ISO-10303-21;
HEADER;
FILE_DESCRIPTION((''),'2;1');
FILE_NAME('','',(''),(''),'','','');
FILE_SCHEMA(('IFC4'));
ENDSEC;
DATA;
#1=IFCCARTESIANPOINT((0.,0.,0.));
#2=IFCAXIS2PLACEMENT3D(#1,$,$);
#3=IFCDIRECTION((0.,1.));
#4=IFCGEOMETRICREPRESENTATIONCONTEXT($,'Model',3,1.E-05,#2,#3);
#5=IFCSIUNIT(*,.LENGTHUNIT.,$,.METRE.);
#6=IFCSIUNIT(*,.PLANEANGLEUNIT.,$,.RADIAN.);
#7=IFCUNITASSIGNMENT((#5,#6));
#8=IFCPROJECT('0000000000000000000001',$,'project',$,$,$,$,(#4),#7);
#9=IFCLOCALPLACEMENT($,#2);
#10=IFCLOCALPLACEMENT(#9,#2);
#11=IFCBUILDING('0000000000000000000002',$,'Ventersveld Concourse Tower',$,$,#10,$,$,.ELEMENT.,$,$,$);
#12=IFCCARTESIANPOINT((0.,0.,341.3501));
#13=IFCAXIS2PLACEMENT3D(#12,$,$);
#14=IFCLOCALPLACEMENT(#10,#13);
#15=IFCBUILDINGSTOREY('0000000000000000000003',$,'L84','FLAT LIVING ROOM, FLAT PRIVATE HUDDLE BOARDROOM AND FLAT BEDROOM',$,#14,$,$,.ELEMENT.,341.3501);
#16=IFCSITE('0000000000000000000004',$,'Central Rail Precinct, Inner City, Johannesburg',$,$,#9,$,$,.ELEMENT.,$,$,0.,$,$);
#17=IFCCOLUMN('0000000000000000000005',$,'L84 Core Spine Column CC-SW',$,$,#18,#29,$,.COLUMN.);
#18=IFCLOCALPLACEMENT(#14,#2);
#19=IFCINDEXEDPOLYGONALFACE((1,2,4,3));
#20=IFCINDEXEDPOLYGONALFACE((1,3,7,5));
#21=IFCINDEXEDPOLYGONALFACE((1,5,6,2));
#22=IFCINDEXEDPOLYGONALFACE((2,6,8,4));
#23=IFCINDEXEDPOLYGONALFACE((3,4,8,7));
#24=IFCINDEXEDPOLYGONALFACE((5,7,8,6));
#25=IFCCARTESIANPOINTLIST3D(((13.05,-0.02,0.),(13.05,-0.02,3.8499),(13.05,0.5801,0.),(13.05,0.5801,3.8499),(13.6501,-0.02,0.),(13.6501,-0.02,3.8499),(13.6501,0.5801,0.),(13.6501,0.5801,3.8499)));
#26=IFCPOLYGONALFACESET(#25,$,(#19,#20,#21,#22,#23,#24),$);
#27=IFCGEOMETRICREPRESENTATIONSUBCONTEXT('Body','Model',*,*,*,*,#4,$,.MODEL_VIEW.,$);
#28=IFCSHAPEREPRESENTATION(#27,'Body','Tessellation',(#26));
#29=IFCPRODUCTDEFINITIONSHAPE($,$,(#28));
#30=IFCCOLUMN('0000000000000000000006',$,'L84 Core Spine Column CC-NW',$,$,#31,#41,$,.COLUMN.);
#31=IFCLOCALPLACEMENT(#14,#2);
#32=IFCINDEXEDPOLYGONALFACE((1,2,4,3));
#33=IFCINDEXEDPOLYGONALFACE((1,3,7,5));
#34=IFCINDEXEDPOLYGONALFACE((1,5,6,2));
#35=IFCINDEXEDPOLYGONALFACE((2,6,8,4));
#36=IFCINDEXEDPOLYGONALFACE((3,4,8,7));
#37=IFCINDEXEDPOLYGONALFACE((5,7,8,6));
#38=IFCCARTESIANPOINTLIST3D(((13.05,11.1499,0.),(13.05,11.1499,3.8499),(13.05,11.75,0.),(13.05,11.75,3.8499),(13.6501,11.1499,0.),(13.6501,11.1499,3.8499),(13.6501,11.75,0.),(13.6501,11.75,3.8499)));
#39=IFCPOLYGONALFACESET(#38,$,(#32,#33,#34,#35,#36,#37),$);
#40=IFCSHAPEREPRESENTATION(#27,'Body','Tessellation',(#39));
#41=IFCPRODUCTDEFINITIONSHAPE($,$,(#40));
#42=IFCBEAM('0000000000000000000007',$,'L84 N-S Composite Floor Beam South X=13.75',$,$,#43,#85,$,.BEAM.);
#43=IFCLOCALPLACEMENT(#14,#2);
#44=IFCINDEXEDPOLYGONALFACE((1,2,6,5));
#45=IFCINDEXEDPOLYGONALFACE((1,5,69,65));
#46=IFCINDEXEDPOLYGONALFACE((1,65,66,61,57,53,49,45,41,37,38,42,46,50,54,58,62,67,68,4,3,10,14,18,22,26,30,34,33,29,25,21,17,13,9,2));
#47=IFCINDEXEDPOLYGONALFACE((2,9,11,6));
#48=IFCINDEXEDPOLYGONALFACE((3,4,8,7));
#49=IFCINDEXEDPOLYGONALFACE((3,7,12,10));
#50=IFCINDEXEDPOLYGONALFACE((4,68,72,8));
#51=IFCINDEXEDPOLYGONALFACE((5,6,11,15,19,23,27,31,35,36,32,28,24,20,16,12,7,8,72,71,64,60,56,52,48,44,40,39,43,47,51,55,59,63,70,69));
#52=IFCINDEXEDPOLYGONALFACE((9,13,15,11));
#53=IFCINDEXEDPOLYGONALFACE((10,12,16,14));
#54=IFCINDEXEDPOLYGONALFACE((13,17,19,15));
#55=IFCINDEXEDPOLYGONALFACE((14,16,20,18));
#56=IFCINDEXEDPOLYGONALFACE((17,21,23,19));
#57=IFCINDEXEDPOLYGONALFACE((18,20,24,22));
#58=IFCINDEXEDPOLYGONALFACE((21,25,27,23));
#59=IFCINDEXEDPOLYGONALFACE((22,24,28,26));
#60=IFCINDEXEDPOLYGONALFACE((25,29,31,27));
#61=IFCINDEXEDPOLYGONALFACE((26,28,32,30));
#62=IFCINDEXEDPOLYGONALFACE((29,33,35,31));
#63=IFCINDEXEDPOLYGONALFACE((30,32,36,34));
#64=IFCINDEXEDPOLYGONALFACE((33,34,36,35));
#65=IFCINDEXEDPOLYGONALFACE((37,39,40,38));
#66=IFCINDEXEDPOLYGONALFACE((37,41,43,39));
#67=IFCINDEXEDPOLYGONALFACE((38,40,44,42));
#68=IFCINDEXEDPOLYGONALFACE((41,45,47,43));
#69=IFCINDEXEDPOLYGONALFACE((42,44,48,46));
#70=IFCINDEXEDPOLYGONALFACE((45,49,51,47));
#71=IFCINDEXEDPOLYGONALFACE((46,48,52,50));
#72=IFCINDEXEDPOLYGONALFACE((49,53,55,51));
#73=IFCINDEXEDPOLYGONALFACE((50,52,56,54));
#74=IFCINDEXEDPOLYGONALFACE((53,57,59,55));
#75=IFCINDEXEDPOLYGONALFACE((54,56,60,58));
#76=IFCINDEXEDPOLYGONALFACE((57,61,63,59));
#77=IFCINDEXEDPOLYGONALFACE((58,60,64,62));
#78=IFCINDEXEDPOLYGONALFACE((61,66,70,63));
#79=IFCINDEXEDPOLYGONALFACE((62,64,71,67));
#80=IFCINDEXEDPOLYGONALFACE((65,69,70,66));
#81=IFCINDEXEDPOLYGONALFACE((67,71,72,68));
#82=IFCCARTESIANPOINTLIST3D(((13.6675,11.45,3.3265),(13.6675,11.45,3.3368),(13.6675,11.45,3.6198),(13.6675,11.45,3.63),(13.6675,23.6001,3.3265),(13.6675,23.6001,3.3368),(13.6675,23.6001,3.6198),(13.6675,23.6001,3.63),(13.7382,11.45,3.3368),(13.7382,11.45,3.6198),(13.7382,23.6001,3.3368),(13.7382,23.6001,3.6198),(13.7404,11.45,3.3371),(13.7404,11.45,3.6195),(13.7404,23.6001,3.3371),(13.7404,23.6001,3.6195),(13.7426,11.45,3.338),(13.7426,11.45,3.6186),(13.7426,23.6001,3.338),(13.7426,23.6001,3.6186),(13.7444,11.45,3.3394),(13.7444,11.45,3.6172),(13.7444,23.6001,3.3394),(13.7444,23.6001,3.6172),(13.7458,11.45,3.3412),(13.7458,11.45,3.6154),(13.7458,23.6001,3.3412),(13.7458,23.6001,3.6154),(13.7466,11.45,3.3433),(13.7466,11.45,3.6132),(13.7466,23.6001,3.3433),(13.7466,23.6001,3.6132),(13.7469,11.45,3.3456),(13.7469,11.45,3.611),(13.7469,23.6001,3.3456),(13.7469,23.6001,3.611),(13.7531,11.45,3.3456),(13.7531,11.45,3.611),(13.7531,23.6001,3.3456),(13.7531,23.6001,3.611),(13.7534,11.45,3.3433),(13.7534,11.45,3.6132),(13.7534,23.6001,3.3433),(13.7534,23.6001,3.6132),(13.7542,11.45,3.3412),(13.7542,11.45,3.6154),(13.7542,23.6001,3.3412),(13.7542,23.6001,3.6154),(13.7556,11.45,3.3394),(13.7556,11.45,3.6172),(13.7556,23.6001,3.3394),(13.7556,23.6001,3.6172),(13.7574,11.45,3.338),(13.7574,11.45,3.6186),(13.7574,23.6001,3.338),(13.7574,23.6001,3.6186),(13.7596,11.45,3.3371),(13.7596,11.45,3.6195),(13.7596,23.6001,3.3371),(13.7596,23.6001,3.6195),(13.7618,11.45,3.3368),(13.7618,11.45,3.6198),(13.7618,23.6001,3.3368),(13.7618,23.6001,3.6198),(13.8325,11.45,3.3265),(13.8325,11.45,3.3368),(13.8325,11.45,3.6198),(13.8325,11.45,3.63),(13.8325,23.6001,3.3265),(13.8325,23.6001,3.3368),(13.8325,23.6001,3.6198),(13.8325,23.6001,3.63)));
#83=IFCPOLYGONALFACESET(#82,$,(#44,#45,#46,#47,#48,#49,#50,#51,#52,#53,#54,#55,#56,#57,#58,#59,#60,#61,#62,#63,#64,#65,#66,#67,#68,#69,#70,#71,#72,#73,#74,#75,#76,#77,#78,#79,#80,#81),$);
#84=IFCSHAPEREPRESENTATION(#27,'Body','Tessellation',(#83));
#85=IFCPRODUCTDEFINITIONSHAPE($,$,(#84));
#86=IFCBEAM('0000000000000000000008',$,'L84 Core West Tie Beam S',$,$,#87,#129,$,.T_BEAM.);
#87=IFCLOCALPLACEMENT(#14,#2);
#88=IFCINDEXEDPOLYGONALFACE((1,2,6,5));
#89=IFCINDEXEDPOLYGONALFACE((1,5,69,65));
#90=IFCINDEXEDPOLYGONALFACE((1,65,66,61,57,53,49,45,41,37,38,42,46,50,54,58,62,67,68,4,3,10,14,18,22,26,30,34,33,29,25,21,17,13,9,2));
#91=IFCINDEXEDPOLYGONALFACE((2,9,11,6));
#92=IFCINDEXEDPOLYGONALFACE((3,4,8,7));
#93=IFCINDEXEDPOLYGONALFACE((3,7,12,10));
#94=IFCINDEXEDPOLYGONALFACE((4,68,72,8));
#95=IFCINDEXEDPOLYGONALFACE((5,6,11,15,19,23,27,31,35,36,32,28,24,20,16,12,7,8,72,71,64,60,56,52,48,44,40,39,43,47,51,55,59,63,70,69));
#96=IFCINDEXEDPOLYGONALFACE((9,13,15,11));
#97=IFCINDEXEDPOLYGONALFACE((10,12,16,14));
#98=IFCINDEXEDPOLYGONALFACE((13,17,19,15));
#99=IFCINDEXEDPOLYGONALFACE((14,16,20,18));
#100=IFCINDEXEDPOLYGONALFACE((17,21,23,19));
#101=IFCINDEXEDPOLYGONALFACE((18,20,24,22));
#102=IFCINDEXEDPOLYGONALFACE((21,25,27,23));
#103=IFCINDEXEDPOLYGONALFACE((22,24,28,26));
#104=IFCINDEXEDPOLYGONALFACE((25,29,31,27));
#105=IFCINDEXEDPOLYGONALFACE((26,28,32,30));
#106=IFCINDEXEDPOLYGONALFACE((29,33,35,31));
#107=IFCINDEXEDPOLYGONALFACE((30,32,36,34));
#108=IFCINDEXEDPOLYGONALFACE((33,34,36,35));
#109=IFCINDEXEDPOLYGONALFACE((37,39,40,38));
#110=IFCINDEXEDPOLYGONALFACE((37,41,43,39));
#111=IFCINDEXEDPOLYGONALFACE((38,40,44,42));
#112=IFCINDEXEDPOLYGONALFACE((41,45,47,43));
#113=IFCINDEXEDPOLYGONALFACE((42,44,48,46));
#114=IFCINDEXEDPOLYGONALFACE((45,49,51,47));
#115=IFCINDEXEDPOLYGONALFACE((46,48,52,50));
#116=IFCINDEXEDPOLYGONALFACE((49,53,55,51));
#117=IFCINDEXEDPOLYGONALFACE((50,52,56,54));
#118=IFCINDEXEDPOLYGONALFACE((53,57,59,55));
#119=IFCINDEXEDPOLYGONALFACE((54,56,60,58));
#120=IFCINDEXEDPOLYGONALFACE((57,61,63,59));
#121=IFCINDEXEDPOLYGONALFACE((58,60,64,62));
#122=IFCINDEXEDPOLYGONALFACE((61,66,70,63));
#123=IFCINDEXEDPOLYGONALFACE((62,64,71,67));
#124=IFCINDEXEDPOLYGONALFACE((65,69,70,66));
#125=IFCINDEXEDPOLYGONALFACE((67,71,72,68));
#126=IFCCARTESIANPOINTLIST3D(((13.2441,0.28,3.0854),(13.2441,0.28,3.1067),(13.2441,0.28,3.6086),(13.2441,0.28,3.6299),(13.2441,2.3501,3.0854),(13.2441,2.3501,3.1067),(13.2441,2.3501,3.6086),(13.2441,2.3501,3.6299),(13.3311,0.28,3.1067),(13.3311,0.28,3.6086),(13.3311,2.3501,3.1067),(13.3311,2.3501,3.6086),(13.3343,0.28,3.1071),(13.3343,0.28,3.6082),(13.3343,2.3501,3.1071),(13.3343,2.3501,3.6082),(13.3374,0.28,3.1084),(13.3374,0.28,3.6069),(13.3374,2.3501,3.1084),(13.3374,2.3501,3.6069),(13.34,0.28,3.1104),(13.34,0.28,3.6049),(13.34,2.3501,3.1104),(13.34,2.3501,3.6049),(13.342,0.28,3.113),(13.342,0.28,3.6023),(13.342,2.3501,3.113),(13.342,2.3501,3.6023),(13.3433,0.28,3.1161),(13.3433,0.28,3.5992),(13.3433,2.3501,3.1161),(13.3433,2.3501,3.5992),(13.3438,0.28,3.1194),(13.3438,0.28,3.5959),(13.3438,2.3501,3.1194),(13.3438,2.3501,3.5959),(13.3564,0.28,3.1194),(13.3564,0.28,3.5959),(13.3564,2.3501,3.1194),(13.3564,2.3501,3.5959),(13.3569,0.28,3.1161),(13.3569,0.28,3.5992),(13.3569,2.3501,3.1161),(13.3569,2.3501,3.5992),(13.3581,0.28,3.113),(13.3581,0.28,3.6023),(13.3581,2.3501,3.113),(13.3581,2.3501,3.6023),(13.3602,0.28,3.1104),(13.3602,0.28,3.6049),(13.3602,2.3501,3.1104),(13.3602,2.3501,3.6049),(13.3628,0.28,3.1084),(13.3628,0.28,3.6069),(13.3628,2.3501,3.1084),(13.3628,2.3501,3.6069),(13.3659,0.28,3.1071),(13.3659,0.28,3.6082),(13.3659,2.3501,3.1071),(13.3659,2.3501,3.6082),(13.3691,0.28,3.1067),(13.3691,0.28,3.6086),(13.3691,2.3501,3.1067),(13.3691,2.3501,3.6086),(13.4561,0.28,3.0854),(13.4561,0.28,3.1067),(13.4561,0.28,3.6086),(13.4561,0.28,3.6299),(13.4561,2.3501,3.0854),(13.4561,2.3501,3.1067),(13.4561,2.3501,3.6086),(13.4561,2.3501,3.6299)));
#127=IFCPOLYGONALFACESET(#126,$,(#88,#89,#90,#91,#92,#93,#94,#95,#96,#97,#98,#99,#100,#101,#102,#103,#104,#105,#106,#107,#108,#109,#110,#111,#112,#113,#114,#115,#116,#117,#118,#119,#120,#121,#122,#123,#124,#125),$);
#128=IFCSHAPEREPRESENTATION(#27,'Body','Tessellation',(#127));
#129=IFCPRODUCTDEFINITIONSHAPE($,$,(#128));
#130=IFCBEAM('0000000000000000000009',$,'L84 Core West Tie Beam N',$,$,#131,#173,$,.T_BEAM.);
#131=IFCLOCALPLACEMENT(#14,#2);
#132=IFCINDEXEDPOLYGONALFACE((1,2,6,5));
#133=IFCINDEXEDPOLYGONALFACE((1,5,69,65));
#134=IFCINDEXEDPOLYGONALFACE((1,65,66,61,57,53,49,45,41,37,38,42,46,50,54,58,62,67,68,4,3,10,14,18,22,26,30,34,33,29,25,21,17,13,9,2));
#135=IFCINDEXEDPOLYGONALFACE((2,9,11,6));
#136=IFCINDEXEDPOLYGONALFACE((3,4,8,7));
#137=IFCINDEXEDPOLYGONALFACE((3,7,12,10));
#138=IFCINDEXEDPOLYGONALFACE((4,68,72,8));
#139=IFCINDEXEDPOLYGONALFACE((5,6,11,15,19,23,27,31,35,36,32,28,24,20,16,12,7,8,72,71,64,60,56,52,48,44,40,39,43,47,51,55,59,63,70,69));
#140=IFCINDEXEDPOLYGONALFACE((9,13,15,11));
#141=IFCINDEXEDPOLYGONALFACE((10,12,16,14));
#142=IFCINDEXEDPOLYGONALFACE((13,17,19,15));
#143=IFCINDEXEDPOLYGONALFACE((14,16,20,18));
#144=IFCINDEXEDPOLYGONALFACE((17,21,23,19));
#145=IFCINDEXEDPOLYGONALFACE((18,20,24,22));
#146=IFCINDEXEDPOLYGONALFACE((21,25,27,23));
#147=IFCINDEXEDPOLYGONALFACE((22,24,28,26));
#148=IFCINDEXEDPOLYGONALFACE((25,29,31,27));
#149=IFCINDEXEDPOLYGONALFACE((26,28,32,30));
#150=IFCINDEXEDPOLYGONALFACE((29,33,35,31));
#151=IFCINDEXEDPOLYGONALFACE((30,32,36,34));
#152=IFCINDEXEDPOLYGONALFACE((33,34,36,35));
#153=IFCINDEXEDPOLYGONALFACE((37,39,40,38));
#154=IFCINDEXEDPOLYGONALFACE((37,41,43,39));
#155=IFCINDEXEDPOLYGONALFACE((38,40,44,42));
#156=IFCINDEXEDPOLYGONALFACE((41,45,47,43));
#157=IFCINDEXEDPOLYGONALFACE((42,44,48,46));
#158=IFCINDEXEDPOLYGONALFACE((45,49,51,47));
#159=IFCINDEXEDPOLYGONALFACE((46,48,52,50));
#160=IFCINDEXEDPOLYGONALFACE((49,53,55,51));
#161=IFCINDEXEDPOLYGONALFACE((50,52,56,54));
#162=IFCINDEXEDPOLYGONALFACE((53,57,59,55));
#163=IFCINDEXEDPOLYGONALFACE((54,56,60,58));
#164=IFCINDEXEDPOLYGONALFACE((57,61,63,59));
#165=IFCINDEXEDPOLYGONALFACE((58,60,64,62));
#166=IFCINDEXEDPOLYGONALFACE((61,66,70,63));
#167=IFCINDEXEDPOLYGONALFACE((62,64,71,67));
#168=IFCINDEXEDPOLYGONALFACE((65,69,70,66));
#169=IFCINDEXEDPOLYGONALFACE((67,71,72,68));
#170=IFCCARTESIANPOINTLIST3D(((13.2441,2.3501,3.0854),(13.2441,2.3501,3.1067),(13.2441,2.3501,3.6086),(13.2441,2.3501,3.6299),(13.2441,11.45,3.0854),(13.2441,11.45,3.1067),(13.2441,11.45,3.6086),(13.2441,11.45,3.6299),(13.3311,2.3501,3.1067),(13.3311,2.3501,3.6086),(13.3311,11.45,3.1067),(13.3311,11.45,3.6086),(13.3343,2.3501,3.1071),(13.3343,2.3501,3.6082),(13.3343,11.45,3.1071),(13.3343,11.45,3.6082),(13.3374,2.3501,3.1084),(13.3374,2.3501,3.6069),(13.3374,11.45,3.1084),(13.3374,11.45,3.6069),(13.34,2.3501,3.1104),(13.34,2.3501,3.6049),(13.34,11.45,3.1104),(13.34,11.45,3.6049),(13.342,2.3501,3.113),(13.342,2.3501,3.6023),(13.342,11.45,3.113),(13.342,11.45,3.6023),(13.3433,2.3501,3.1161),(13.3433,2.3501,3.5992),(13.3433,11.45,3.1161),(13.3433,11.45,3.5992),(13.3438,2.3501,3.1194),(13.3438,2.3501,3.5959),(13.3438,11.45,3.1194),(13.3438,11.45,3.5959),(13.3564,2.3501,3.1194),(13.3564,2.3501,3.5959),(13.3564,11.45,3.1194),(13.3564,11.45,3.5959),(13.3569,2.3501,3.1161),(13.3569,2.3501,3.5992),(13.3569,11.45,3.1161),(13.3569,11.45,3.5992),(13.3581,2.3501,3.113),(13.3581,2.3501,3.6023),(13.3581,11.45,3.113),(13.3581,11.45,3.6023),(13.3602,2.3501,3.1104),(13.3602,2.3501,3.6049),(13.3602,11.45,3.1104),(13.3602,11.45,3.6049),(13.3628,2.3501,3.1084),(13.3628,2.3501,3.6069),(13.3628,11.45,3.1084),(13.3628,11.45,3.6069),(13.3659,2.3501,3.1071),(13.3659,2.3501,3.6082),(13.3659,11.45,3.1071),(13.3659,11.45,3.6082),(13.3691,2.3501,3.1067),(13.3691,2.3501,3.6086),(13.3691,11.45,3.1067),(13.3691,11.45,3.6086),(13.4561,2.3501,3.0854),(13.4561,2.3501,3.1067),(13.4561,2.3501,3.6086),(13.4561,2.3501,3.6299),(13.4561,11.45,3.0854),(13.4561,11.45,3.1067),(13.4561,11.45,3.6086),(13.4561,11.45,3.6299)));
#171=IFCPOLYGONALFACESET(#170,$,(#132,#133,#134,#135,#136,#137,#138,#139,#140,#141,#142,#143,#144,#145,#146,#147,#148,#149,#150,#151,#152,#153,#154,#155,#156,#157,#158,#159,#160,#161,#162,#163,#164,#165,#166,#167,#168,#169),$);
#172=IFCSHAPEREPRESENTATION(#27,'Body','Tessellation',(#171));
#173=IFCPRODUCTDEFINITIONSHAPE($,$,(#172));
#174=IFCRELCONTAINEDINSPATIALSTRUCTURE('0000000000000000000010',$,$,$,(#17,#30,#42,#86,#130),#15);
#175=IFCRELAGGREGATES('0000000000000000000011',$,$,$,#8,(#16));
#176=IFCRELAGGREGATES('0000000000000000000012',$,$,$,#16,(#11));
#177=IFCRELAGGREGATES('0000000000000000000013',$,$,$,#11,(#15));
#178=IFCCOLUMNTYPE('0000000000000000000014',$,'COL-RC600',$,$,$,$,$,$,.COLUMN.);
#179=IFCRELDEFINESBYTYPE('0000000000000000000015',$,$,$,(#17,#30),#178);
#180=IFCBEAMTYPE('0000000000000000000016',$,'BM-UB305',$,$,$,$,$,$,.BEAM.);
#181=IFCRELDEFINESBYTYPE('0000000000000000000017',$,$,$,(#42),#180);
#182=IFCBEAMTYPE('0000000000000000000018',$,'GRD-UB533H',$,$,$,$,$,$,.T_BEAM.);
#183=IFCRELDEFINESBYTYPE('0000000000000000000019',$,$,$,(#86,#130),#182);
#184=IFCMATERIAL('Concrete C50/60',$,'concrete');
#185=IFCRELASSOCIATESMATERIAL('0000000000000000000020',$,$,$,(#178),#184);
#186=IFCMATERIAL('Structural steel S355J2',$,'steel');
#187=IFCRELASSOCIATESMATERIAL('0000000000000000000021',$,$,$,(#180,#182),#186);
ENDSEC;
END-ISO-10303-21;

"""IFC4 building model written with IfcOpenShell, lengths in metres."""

from ifc_helpers import new_model, si_unit, direction, frame, origin, origin_2d, place, context, subcontext, project, spatial, rectangle, i_section, extrude, material, material_profile, profile_set, type_object, element, save


model = new_model("IFC4")

# Units and contexts
model_context = context("Model", 3, precision=1e-05, world=origin(), true_north=direction((0.0, 1.0)))
body_context = subcontext(model_context, "Body", "Model", "MODEL_VIEW")
ifc_project = project(units=[si_unit("LENGTHUNIT", "METRE"), si_unit("PLANEANGLEUNIT", "RADIAN")], contexts=[model_context])

# Site, building, storey
site_placement = place(None, origin())
site = spatial("IfcSite", under=ifc_project, at=site_placement, Name="Central Rail Precinct, Inner City, Johannesburg", CompositionType="ELEMENT", RefElevation=0.0)
building_placement = place(site_placement, origin())
building = spatial("IfcBuilding", under=site, at=building_placement, Name="Ventersveld Concourse Tower", CompositionType="ELEMENT")
storey_placement = place(building_placement, frame((0.0, 0.0, 341.3501)))
storey = spatial("IfcBuildingStorey", under=building, at=storey_placement, Name="L84", Description="FLAT LIVING ROOM, FLAT PRIVATE HUDDLE BOARDROOM AND FLAT BEDROOM", CompositionType="ELEMENT", Elevation=341.3501)

# Columns
ifc_material_1 = material(Name="Concrete C50/60", Category="concrete")
ifc_material_profile_1 = material_profile(ifc_material_1, rectangle(XDim=0.6001, YDim=0.6001, at=origin_2d()), Name="RC 600x600")
ifc_profile_set_1 = profile_set([ifc_material_profile_1], Name="Concrete C50/60")
column_type = type_object("IfcColumnType", Name="COL-RC600", PredefinedType="COLUMN", material=ifc_profile_set_1)
for number, where, z_axis, x_axis, name in (
    (1, (13.3501, 0.28, 0.0), (0.0, 0.0, 1.0), (1.0, 0.0, 0.0), "L84 Core Spine Column CC-SW"),
    (2, (13.3501, 11.45, 0.0), (0.0, 0.0, 1.0), (1.0, 0.0, 0.0), "L84 Core Spine Column CC-NW"),
):
    element("IfcColumn", number, at=place(storey_placement, frame(where, z_axis=z_axis, x_axis=x_axis)), inside=storey, type_object=column_type, Name=name, PredefinedType="COLUMN", context=body_context, shape_type="SweptSolid", body=[
        extrude(rectangle(XDim=0.6001, YDim=0.6001, at=origin_2d()), origin(), (0.0, 0.0, 1.0), 3.8499),
    ])

# Beams
ifc_material_2 = material(Name="Structural steel S355J2", Category="steel")
ifc_material_profile_2 = material_profile(ifc_material_2, i_section(OverallWidth=0.165, OverallDepth=0.3035, WebThickness=0.0061, FlangeThickness=0.0103, FilletRadius=0.0088, at=origin_2d()), Name="UB 305x165x40")
ifc_profile_set_2 = profile_set([ifc_material_profile_2], Name="Structural steel S355J2")
beam_type_1 = type_object("IfcBeamType", Name="BM-UB305", PredefinedType="BEAM", material=ifc_profile_set_2)
beam_1_placement = place(storey_placement, frame((13.75, 11.45, 3.4783), z_axis=(0.0, 1.0, 0.0), x_axis=(-1.0, 0.0, 0.0)))
element("IfcBeam", 3, at=beam_1_placement, inside=storey, type_object=beam_type_1, Name="L84 N-S Composite Floor Beam South X=13.75", PredefinedType="BEAM", context=body_context, shape_type="SweptSolid", body=[
    extrude(i_section(OverallWidth=0.165, OverallDepth=0.3035, WebThickness=0.0061, FlangeThickness=0.0103, FilletRadius=0.0088, at=origin_2d()), origin(), (0.0, 0.0, 1.0), 12.1501),
])
ifc_material_profile_3 = material_profile(ifc_material_2, i_section(OverallWidth=0.2119, OverallDepth=0.5444, WebThickness=0.0127, FlangeThickness=0.0212, FilletRadius=0.0127, at=origin_2d()), Name="UB 533x210x122")
ifc_profile_set_3 = profile_set([ifc_material_profile_3], Name="Structural steel S355J2")
beam_type_2 = type_object("IfcBeamType", Name="GRD-UB533H", PredefinedType="T_BEAM", material=ifc_profile_set_3)
beam_2_placement = place(storey_placement, frame((13.3501, 0.28, 3.3577), z_axis=(0.0, 1.0, 0.0), x_axis=(-1.0, 0.0, 0.0)))
element("IfcBeam", 4, at=beam_2_placement, inside=storey, type_object=beam_type_2, Name="L84 Core West Tie Beam S", PredefinedType="T_BEAM", context=body_context, shape_type="SweptSolid", body=[
    extrude(i_section(OverallWidth=0.2119, OverallDepth=0.5444, WebThickness=0.0127, FlangeThickness=0.0212, FilletRadius=0.0127, at=origin_2d()), origin(), (0.0, 0.0, 1.0), 2.0701),
])
beam_3_placement = place(storey_placement, frame((13.3501, 2.3501, 3.3577), z_axis=(0.0, 1.0, 0.0), x_axis=(-1.0, 0.0, 0.0)))
element("IfcBeam", 5, at=beam_3_placement, inside=storey, type_object=beam_type_2, Name="L84 Core West Tie Beam N", PredefinedType="T_BEAM", context=body_context, shape_type="SweptSolid", body=[
    extrude(i_section(OverallWidth=0.2119, OverallDepth=0.5444, WebThickness=0.0127, FlangeThickness=0.0212, FilletRadius=0.0127, at=origin_2d()), origin(), (0.0, 0.0, 1.0), 9.0999),
])

save(model, "model.ifc")
